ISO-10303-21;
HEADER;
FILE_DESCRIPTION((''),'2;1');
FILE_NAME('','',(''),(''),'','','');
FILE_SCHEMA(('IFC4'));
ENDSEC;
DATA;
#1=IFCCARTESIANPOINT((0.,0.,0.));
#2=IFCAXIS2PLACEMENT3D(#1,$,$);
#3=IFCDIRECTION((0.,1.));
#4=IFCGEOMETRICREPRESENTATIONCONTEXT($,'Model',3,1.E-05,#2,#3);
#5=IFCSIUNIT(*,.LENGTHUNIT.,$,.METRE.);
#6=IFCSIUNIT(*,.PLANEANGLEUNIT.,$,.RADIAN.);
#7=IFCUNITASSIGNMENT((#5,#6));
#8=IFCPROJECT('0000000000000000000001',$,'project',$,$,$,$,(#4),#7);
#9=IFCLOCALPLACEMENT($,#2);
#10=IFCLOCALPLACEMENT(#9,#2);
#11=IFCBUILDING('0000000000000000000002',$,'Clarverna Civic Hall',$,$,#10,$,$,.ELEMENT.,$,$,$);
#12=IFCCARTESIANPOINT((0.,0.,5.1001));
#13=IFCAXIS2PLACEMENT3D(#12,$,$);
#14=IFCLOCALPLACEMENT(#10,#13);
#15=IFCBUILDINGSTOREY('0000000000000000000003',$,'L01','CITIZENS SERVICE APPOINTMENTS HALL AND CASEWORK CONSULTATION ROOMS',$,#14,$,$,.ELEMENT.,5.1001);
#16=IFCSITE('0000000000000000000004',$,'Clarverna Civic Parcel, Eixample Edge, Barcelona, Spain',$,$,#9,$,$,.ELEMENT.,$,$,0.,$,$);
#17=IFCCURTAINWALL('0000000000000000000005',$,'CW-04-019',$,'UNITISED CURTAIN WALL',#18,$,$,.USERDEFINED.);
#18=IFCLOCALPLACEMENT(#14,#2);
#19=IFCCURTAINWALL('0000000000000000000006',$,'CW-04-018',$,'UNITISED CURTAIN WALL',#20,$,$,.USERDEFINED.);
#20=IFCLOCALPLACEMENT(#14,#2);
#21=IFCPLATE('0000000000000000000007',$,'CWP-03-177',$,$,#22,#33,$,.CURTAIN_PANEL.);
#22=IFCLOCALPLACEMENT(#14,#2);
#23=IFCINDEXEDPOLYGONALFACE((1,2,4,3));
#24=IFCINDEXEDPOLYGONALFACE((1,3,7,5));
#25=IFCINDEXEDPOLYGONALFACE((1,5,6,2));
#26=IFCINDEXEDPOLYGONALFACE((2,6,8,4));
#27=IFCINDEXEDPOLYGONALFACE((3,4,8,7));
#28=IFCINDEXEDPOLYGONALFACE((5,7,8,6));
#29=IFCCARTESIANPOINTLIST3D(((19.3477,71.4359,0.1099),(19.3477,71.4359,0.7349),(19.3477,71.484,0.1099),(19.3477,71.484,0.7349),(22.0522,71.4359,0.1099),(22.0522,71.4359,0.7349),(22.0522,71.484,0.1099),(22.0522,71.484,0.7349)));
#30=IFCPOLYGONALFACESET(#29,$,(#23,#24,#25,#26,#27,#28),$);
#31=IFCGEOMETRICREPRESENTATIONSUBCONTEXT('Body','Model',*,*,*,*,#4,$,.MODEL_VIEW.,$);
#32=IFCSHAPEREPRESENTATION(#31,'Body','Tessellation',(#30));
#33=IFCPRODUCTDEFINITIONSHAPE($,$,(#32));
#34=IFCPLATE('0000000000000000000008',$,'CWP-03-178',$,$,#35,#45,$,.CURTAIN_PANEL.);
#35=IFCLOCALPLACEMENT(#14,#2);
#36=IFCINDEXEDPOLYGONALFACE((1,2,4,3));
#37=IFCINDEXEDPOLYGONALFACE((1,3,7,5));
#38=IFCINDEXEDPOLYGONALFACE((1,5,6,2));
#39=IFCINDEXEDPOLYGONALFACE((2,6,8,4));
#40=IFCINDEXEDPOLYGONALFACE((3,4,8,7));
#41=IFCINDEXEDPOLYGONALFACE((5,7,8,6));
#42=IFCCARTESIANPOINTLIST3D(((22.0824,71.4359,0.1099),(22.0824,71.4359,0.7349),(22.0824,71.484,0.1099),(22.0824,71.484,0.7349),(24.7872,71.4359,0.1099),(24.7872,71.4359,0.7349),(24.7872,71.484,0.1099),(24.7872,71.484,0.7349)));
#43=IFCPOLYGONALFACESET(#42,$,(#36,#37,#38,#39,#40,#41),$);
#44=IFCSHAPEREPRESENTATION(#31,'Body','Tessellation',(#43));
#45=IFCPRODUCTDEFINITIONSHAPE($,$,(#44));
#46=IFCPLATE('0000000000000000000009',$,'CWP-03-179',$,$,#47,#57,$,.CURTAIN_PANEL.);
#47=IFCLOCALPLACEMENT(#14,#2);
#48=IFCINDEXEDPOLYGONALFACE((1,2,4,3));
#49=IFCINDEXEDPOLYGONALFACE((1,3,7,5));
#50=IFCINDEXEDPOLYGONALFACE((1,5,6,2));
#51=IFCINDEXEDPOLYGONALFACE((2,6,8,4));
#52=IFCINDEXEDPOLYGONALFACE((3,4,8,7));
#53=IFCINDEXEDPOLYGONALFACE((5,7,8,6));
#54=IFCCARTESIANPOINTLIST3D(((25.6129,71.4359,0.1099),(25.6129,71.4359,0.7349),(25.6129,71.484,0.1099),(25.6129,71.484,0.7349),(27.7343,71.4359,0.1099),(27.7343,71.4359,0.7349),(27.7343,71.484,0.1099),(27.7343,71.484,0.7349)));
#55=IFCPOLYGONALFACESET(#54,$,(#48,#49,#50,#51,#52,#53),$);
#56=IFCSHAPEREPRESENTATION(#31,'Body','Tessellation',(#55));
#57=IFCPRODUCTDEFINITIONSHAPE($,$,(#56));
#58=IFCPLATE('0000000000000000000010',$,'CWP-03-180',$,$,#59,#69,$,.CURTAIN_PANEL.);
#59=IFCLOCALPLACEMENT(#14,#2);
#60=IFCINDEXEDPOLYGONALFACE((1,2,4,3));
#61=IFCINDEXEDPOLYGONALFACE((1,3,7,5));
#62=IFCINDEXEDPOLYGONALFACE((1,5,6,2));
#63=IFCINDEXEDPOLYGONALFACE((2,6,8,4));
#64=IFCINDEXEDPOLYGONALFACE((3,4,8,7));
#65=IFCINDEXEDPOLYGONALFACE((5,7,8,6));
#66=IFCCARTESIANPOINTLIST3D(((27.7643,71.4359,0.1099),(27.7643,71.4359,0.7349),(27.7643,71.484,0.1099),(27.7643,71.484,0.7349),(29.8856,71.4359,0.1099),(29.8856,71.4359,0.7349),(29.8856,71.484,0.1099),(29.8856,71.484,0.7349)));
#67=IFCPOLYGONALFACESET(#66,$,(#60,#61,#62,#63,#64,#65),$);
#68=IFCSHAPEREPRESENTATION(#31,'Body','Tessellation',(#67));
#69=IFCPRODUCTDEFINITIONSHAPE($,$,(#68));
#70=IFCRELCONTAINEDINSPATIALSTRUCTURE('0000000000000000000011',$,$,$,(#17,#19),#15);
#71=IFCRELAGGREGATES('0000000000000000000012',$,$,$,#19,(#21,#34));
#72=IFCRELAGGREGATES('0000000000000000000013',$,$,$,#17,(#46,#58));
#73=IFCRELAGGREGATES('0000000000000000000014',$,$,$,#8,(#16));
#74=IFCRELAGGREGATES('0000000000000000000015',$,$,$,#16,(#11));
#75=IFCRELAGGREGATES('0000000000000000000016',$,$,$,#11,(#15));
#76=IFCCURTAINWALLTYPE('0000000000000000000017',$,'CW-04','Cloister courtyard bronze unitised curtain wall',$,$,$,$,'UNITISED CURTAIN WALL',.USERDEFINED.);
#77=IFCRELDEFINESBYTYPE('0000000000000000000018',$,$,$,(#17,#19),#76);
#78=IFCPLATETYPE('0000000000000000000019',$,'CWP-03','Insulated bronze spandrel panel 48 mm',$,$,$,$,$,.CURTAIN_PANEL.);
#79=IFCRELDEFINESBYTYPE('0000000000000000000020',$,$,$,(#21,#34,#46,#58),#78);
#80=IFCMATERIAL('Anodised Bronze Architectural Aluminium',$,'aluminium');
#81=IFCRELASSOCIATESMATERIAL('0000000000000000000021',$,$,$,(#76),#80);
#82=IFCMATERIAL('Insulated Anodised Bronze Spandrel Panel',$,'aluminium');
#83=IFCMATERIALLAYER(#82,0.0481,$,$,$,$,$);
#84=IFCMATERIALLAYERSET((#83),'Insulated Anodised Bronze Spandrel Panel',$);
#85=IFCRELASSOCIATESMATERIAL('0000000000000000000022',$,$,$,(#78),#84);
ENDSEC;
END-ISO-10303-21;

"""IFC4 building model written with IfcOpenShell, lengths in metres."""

from ifc_helpers import new_model, si_unit, direction, frame, frame_2d, origin, place, context, subcontext, project, spatial, rectangle, extrude, material, layer, layer_set, type_object, element, aggregate, save


model = new_model("IFC4")

# Units and contexts
model_context = context("Model", 3, precision=1e-05, world=origin(), true_north=direction((0.0, 1.0)))
body_context = subcontext(model_context, "Body", "Model", "MODEL_VIEW")
ifc_project = project(units=[si_unit("LENGTHUNIT", "METRE"), si_unit("PLANEANGLEUNIT", "RADIAN")], contexts=[model_context])

# Site, building, storey
site_placement = place(None, origin())
site = spatial("IfcSite", under=ifc_project, at=site_placement, Name="Clarverna Civic Parcel, Eixample Edge, Barcelona, Spain", CompositionType="ELEMENT", RefElevation=0.0)
building_placement = place(site_placement, origin())
building = spatial("IfcBuilding", under=site, at=building_placement, Name="Clarverna Civic Hall", CompositionType="ELEMENT")
storey_placement = place(building_placement, frame((0.0, 0.0, 5.1001)))
storey = spatial("IfcBuildingStorey", under=building, at=storey_placement, Name="L01", Description="CITIZENS SERVICE APPOINTMENTS HALL AND CASEWORK CONSULTATION ROOMS", CompositionType="ELEMENT", Elevation=5.1001)

# Curtain walls
ifc_material_1 = material(Name="Anodised Bronze Architectural Aluminium", Category="aluminium")
curtain_wall_type = type_object("IfcCurtainWallType", Name="CW-04", Description="Cloister courtyard bronze unitised curtain wall", ElementType="UNITISED CURTAIN WALL", PredefinedType="USERDEFINED", material=ifc_material_1)
curtain_wall_1_placement = place(storey_placement, origin())
curtain_wall_1 = element("IfcCurtainWall", 1, at=curtain_wall_1_placement, inside=storey, type_object=curtain_wall_type, Name="CW-04-019", ObjectType="UNITISED CURTAIN WALL", PredefinedType="USERDEFINED")
curtain_wall_2_placement = place(storey_placement, origin())
curtain_wall_2 = element("IfcCurtainWall", 2, at=curtain_wall_2_placement, inside=storey, type_object=curtain_wall_type, Name="CW-04-018", ObjectType="UNITISED CURTAIN WALL", PredefinedType="USERDEFINED")

# Plates
ifc_material_2 = material(Name="Insulated Anodised Bronze Spandrel Panel", Category="aluminium")
ifc_layer_1 = layer(ifc_material_2, 0.0481)
ifc_layer_set_1 = layer_set([ifc_layer_1], Name="Insulated Anodised Bronze Spandrel Panel")
plate_type_1 = type_object("IfcPlateType", Name="CWP-03", Description="Insulated bronze spandrel panel 48 mm", PredefinedType="CURTAIN_PANEL", material=ifc_layer_set_1)
plate_1_placement = place(storey_placement, frame((19.3477, 71.46, 0.1099), z_axis=(0.0, 0.0, 1.0), x_axis=(1.0, 0.0, 0.0)))
plate_1 = element("IfcPlate", 3, at=plate_1_placement, type_object=plate_type_1, Name="CWP-03-177", PredefinedType="CURTAIN_PANEL", context=body_context, shape_type="SweptSolid", body=[
    extrude(rectangle(XDim=2.7046, YDim=0.0481, at=frame_2d((1.3523, 0.0))), origin(), (0.0, 0.0, 1.0), 0.625),
])
plate_2_placement = place(storey_placement, frame((22.0823, 71.46, 0.1099), z_axis=(0.0, 0.0, 1.0), x_axis=(1.0, 0.0, 0.0)))
plate_2 = element("IfcPlate", 4, at=plate_2_placement, type_object=plate_type_1, Name="CWP-03-178", PredefinedType="CURTAIN_PANEL", context=body_context, shape_type="SweptSolid", body=[
    extrude(rectangle(XDim=2.7048, YDim=0.0481, at=frame_2d((1.3525, 0.0))), origin(), (0.0, 0.0, 1.0), 0.625),
])
aggregate(curtain_wall_2, [plate_1, plate_2])
plate_3_placement = place(storey_placement, frame((25.613, 71.46, 0.1099), z_axis=(0.0, 0.0, 1.0), x_axis=(1.0, 0.0, 0.0)))
plate_3 = element("IfcPlate", 5, at=plate_3_placement, type_object=plate_type_1, Name="CWP-03-179", PredefinedType="CURTAIN_PANEL", context=body_context, shape_type="SweptSolid", body=[
    extrude(rectangle(XDim=2.1213, YDim=0.0481, at=frame_2d((1.0605, 0.0))), origin(), (0.0, 0.0, 1.0), 0.625),
])
plate_4_placement = place(storey_placement, frame((27.7644, 71.46, 0.1099), z_axis=(0.0, 0.0, 1.0), x_axis=(1.0, 0.0, 0.0)))
plate_4 = element("IfcPlate", 6, at=plate_4_placement, type_object=plate_type_1, Name="CWP-03-180", PredefinedType="CURTAIN_PANEL", context=body_context, shape_type="SweptSolid", body=[
    extrude(rectangle(XDim=2.1213, YDim=0.0481, at=frame_2d((1.0605, 0.0))), origin(), (0.0, 0.0, 1.0), 0.625),
])
aggregate(curtain_wall_1, [plate_3, plate_4])

save(model, "model.ifc")
